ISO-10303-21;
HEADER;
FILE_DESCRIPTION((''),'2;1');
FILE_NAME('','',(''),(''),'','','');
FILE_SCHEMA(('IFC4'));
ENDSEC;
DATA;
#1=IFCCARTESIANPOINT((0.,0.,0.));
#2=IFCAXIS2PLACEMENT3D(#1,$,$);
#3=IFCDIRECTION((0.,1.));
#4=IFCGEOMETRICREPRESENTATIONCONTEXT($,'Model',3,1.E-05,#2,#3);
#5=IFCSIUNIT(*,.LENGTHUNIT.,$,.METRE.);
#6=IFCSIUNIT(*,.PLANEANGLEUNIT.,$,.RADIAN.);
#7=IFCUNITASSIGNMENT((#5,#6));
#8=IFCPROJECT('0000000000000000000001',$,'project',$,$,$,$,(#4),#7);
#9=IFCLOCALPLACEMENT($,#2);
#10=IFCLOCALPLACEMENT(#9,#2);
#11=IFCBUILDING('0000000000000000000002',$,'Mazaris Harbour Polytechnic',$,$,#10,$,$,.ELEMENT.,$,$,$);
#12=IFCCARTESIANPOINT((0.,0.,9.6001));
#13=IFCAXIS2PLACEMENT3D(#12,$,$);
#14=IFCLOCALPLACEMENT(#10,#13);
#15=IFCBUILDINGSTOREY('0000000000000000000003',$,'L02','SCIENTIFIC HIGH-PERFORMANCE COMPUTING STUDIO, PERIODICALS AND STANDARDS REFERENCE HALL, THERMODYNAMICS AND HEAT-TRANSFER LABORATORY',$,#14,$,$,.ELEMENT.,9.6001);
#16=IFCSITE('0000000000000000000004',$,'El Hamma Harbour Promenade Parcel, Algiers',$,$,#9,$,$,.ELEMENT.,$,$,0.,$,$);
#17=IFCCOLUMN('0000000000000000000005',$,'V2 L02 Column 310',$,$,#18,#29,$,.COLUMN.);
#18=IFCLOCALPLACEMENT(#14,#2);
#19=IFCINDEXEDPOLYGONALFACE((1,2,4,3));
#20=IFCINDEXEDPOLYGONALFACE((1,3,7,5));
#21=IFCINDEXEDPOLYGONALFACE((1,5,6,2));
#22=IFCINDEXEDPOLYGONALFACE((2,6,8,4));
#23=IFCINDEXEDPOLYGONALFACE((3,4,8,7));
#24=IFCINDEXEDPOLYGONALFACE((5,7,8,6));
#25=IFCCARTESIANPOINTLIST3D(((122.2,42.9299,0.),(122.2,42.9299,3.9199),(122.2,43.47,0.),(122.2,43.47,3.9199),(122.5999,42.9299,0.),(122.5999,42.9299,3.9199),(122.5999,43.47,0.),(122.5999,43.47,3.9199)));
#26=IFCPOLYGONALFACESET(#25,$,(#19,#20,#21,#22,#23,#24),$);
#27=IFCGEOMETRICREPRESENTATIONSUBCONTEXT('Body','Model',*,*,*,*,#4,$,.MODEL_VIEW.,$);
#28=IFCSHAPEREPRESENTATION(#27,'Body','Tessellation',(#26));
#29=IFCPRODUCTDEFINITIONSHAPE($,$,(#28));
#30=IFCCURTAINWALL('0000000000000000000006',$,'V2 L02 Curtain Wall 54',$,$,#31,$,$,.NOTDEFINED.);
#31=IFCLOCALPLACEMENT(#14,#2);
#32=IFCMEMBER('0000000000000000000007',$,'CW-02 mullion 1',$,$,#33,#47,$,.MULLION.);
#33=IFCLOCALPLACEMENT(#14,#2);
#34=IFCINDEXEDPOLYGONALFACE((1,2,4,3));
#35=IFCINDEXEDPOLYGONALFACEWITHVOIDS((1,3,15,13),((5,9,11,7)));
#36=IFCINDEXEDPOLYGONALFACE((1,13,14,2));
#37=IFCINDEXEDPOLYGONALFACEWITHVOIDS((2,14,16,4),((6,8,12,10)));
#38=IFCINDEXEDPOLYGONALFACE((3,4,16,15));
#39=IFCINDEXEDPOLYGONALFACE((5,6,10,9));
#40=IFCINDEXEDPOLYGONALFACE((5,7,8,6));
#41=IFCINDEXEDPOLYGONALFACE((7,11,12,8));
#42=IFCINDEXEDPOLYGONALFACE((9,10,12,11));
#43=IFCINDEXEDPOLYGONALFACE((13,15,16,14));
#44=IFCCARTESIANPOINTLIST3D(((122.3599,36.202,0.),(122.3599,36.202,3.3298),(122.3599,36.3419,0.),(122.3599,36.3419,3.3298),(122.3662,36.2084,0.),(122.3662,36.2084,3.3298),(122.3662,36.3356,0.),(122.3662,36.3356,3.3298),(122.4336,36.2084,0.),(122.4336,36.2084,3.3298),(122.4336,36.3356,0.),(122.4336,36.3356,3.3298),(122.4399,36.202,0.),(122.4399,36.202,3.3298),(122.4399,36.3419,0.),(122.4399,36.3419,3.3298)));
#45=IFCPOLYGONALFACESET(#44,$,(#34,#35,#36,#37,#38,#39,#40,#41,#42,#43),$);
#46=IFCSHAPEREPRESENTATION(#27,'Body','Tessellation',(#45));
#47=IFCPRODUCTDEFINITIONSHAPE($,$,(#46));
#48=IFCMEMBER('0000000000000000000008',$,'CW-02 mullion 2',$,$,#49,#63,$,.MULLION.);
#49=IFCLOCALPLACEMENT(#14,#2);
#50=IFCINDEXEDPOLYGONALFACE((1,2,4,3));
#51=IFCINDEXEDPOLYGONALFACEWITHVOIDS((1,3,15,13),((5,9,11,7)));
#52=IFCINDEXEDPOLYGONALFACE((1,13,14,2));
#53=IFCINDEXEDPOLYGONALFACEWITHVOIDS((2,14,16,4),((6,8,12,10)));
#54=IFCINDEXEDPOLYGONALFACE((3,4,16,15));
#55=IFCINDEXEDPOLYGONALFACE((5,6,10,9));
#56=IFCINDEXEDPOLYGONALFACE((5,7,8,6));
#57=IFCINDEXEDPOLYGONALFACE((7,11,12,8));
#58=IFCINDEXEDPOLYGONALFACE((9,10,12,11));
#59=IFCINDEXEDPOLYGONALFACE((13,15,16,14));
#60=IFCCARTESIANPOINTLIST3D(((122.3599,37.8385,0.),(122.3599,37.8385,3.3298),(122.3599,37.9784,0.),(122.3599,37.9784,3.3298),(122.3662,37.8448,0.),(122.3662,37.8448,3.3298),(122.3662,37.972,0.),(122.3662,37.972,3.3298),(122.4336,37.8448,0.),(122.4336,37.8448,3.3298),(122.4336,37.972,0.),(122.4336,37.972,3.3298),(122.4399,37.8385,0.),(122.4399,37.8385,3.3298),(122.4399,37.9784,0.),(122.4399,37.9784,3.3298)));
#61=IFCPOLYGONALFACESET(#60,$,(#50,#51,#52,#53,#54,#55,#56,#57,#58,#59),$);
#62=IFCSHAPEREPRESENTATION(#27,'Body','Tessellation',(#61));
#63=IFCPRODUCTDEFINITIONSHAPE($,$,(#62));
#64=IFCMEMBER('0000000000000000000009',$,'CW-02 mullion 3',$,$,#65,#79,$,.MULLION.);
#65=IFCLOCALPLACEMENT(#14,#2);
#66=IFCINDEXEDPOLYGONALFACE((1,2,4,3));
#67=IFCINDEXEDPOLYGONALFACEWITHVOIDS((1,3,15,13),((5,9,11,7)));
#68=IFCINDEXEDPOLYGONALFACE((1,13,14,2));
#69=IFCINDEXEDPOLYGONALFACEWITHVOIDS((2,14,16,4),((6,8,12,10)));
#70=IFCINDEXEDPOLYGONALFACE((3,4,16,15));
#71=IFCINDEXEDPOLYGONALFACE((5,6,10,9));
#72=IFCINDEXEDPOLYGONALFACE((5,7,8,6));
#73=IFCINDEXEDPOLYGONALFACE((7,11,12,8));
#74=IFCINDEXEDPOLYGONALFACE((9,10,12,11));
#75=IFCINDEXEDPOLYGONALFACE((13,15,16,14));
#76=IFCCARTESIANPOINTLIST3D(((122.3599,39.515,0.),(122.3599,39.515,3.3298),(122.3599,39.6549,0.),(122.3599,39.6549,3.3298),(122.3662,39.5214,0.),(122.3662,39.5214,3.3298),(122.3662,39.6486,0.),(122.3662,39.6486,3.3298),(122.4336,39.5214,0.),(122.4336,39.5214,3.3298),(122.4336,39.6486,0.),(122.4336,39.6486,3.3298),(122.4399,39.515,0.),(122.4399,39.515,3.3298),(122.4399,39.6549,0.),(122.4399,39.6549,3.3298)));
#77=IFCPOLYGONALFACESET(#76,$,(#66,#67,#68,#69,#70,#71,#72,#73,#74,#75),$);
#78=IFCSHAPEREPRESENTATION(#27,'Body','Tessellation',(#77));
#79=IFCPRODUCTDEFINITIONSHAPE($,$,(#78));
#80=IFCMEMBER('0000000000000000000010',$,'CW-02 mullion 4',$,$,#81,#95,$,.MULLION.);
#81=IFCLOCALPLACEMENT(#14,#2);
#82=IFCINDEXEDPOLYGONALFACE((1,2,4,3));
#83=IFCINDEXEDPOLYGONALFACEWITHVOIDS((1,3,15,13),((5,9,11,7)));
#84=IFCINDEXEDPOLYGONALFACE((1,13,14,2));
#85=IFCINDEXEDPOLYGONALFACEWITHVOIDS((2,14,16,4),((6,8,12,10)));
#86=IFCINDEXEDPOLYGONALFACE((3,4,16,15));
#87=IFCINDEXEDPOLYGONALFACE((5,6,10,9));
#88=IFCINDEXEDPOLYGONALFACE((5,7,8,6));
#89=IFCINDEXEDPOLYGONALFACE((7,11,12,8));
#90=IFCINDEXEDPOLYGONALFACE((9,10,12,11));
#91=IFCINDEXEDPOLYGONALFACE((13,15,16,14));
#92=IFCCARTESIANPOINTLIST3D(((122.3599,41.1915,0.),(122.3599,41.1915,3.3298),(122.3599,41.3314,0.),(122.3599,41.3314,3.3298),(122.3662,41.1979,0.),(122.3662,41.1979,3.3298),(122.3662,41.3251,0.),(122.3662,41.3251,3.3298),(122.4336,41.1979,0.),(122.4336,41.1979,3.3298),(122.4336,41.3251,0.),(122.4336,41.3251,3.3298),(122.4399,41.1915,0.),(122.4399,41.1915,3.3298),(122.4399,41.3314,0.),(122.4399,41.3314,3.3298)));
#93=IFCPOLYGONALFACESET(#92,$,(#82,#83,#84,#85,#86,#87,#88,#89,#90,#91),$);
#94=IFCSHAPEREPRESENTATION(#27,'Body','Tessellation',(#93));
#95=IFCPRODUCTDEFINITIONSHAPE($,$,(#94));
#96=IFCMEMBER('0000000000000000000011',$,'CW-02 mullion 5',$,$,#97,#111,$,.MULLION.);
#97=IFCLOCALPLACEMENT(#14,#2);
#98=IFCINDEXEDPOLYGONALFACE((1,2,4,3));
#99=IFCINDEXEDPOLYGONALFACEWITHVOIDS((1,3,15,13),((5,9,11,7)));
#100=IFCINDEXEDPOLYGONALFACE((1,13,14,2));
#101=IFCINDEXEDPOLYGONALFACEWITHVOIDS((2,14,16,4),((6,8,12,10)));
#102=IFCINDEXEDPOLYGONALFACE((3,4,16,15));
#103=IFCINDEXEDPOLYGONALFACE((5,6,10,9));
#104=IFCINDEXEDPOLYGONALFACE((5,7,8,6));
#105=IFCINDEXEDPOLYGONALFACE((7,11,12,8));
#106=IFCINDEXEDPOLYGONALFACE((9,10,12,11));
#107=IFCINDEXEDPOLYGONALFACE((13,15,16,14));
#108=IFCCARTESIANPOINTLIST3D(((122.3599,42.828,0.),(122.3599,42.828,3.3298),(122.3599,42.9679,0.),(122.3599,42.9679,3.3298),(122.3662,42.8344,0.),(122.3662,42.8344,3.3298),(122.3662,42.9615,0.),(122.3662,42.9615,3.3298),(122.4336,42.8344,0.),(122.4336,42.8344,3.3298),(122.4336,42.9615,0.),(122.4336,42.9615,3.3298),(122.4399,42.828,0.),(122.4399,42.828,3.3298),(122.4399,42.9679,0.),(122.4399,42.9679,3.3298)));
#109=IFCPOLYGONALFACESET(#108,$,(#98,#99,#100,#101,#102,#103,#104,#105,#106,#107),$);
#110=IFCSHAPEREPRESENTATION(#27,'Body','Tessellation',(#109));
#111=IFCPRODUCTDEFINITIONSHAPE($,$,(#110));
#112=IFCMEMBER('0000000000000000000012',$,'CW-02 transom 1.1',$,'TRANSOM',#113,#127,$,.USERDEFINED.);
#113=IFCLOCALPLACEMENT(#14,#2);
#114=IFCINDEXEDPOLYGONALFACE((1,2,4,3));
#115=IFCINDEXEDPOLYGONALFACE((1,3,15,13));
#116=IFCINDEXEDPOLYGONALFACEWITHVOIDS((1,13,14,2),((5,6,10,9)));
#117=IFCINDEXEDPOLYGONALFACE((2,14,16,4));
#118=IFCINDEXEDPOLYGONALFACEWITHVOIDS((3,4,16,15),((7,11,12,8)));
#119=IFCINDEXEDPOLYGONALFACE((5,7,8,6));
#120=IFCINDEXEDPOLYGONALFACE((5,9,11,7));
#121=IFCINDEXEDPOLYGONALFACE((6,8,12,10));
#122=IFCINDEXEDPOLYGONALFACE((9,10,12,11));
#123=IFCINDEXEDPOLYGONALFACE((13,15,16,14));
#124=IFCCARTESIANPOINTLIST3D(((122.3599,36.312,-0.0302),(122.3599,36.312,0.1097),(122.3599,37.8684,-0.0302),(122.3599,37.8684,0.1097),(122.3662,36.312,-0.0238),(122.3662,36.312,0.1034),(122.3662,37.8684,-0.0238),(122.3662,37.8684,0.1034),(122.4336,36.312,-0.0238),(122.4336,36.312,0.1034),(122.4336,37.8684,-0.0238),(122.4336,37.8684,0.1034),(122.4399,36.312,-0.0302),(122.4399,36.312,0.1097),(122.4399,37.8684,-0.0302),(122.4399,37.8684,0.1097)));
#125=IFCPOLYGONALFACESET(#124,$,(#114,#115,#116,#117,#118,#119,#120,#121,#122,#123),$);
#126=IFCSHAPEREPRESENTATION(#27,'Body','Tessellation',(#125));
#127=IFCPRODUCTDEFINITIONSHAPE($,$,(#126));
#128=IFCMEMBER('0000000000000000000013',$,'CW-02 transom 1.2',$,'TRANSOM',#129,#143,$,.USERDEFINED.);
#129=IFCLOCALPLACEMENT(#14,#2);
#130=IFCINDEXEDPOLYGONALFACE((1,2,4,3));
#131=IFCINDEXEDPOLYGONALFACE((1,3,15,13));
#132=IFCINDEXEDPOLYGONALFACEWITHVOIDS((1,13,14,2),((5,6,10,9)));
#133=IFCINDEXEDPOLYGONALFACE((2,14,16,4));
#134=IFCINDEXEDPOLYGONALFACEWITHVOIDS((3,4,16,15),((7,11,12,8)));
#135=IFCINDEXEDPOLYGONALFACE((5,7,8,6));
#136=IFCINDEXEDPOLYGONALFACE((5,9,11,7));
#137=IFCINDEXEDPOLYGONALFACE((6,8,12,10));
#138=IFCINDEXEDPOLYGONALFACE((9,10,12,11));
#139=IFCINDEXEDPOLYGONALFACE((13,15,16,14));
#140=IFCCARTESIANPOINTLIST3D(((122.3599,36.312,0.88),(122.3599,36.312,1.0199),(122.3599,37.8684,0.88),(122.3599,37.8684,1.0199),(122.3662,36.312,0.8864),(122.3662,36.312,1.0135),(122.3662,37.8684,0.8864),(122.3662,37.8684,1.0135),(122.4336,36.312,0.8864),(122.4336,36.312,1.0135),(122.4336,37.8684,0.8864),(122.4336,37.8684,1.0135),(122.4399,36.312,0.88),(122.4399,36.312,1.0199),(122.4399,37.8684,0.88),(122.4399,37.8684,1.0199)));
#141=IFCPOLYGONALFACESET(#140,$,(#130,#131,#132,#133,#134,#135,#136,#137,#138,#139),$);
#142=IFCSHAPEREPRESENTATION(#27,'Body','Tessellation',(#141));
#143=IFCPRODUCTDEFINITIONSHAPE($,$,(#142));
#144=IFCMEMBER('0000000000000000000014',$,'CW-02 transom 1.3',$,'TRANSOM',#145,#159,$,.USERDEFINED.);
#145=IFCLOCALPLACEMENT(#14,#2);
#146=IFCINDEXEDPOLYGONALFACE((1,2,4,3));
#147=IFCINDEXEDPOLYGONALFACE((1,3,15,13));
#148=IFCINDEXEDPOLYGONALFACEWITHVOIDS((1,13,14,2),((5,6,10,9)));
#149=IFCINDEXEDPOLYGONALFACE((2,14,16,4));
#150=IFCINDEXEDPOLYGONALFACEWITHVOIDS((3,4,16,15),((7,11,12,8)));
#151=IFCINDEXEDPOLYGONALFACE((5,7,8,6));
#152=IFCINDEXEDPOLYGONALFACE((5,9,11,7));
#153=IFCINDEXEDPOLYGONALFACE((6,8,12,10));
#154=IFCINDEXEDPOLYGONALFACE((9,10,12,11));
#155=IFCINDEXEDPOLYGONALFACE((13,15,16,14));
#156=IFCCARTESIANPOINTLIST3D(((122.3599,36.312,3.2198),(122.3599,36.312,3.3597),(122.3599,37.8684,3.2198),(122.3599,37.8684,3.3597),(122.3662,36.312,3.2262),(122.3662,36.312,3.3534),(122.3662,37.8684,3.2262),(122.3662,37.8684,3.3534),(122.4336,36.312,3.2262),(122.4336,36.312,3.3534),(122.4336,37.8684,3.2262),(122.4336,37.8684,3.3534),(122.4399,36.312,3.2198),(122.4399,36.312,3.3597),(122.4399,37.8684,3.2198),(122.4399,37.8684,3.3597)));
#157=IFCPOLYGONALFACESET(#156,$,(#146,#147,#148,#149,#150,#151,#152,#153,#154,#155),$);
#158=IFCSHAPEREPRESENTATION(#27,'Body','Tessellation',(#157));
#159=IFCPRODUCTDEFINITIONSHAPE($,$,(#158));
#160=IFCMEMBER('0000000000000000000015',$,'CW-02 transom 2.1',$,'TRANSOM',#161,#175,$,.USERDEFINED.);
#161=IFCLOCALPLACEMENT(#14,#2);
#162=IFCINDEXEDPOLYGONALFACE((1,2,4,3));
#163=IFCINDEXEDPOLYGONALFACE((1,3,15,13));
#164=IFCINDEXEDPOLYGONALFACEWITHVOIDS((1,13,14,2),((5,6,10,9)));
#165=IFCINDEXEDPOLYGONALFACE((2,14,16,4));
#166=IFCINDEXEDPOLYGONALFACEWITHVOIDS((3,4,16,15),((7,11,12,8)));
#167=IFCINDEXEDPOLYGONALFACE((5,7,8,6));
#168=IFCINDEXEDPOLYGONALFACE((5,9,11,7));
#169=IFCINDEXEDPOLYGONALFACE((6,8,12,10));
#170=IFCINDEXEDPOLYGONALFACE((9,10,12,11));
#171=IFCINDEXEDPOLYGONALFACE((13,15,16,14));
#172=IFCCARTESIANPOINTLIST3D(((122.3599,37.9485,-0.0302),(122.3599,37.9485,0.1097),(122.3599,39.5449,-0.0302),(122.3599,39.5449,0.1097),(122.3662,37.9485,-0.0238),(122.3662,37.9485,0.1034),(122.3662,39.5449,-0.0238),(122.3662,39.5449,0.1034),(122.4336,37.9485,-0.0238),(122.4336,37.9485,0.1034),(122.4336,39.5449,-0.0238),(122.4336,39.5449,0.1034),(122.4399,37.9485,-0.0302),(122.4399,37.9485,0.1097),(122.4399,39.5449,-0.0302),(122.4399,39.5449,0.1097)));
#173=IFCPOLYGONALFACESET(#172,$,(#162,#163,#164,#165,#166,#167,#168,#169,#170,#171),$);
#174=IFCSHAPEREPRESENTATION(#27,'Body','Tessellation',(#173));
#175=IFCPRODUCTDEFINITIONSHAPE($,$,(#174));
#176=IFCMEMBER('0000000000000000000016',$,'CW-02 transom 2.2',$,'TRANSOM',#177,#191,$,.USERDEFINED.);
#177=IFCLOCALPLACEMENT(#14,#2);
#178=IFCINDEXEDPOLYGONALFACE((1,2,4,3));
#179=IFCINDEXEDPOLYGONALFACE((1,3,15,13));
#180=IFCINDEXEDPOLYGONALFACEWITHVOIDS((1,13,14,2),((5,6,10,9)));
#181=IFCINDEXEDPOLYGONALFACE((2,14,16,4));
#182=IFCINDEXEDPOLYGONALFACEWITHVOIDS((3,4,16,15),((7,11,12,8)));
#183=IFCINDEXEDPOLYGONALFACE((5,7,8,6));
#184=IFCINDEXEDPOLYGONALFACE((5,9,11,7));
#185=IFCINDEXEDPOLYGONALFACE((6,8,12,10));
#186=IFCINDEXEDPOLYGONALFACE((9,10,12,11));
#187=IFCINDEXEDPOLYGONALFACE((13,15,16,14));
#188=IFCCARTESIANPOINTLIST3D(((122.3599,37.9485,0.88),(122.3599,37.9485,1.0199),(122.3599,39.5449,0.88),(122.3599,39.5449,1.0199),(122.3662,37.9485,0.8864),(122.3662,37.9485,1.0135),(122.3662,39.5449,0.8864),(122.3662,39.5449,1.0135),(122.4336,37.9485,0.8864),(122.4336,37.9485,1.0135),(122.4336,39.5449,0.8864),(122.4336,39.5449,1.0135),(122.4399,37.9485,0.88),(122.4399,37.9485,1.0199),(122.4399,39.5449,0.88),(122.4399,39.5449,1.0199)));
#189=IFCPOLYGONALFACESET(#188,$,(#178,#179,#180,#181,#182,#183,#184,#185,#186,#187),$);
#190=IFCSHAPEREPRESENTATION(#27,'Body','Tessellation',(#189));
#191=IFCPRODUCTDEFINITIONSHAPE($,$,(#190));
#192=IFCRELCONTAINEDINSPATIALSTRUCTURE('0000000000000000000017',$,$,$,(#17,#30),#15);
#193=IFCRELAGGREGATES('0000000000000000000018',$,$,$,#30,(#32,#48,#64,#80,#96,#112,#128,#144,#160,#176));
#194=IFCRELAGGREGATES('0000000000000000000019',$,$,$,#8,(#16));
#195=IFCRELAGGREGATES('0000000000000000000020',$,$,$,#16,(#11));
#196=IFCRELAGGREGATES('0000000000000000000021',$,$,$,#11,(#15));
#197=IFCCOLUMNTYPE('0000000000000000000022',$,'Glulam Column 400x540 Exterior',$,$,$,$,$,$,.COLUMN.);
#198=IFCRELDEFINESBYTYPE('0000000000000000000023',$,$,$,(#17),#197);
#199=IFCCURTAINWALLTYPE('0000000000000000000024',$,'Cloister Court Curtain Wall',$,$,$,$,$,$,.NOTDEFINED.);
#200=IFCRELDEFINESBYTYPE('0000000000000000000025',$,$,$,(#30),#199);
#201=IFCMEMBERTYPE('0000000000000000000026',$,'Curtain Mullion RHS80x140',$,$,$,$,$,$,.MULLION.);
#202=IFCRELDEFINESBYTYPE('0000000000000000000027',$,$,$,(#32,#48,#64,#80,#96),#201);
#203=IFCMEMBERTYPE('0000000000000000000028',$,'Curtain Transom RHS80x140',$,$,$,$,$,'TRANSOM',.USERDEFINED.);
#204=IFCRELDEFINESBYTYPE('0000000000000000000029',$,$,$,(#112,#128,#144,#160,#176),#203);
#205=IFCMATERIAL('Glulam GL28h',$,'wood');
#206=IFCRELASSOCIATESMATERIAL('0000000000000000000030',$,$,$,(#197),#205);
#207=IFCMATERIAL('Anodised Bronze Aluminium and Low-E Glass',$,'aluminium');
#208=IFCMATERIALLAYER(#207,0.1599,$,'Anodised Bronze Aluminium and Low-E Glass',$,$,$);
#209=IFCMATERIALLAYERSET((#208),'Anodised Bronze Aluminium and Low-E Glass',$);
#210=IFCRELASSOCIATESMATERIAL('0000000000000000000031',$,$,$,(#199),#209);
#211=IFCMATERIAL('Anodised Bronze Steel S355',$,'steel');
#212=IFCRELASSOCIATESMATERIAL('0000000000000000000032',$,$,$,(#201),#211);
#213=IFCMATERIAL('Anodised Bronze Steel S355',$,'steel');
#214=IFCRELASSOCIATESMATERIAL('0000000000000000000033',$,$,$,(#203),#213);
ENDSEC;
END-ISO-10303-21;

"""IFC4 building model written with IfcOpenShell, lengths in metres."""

from ifc_helpers import new_model, si_unit, direction, frame, origin, origin_2d, place, context, subcontext, project, spatial, rectangle, hollow_rectangle, extrude, material, layer, layer_set, material_profile, profile_set, type_object, element, aggregate, save


model = new_model("IFC4")

# Units and contexts
model_context = context("Model", 3, precision=1e-05, world=origin(), true_north=direction((0.0, 1.0)))
body_context = subcontext(model_context, "Body", "Model", "MODEL_VIEW")
ifc_project = project(units=[si_unit("LENGTHUNIT", "METRE"), si_unit("PLANEANGLEUNIT", "RADIAN")], contexts=[model_context])

# Site, building, storey
site_placement = place(None, origin())
site = spatial("IfcSite", under=ifc_project, at=site_placement, Name="El Hamma Harbour Promenade Parcel, Algiers", CompositionType="ELEMENT", RefElevation=0.0)
building_placement = place(site_placement, origin())
building = spatial("IfcBuilding", under=site, at=building_placement, Name="Mazaris Harbour Polytechnic", CompositionType="ELEMENT")
storey_placement = place(building_placement, frame((0.0, 0.0, 9.6001)))
storey = spatial("IfcBuildingStorey", under=building, at=storey_placement, Name="L02", Description="SCIENTIFIC HIGH-PERFORMANCE COMPUTING STUDIO, PERIODICALS AND STANDARDS REFERENCE HALL, THERMODYNAMICS AND HEAT-TRANSFER LABORATORY", CompositionType="ELEMENT", Elevation=9.6001)

# Column
ifc_material_1 = material(Name="Glulam GL28h", Category="wood")
ifc_material_profile_1 = material_profile(ifc_material_1, rectangle(XDim=0.3999, YDim=0.54, at=origin_2d()), Name="RECT400x540")
ifc_profile_set_1 = profile_set([ifc_material_profile_1], Name="Glulam GL28h")
column_type = type_object("IfcColumnType", Name="Glulam Column 400x540 Exterior", PredefinedType="COLUMN", material=ifc_profile_set_1)
column_placement = place(storey_placement, frame((122.3999, 43.2, 0.0), z_axis=(0.0, 0.0, 1.0), x_axis=(1.0, 0.0, 0.0)))
element("IfcColumn", 1, at=column_placement, inside=storey, type_object=column_type, Name="V2 L02 Column 310", PredefinedType="COLUMN", context=body_context, shape_type="SweptSolid", body=[
    extrude(rectangle(XDim=0.3999, YDim=0.54, at=origin_2d()), origin(), (0.0, 0.0, 1.0), 3.9199),
])

# Curtain wall, members
ifc_material_2 = material(Name="Anodised Bronze Aluminium and Low-E Glass", Category="aluminium")
ifc_layer_1 = layer(ifc_material_2, 0.1599, Name="Anodised Bronze Aluminium and Low-E Glass")
ifc_layer_set_1 = layer_set([ifc_layer_1], Name="Anodised Bronze Aluminium and Low-E Glass")
curtain_wall_type = type_object("IfcCurtainWallType", Name="Cloister Court Curtain Wall", PredefinedType="NOTDEFINED", material=ifc_layer_set_1)
curtain_wall_placement = place(storey_placement, origin())
curtain_wall = element("IfcCurtainWall", 2, at=curtain_wall_placement, inside=storey, type_object=curtain_wall_type, Name="V2 L02 Curtain Wall 54", PredefinedType="NOTDEFINED")
ifc_material_3 = material(Name="Anodised Bronze Steel S355", Category="steel")
ifc_material_profile_2 = material_profile(ifc_material_3, hollow_rectangle(XDim=0.0801, YDim=0.1399, WallThickness=0.0063, at=origin_2d()), Name="RHS 80x140x6.3")
ifc_profile_set_2 = profile_set([ifc_material_profile_2], Name="Anodised Bronze Steel S355")
member_type_1 = type_object("IfcMemberType", Name="Curtain Mullion RHS80x140", PredefinedType="MULLION", material=ifc_profile_set_2)
member_1_placement = place(storey_placement, frame((122.3999, 36.272, 0.0), z_axis=(0.0, 0.0, 1.0), x_axis=(-1.0, 0.0, 0.0)))
member_1 = element("IfcMember", 3, at=member_1_placement, type_object=member_type_1, Name="CW-02 mullion 1", PredefinedType="MULLION", context=body_context, shape_type="SweptSolid", body=[
    extrude(hollow_rectangle(XDim=0.0801, YDim=0.1399, WallThickness=0.0063, at=origin_2d()), origin(), (0.0, 0.0, 1.0), 3.3298),
])
member_2_placement = place(storey_placement, frame((122.3999, 37.9084, 0.0), z_axis=(0.0, 0.0, 1.0), x_axis=(-1.0, 0.0, 0.0)))
member_2 = element("IfcMember", 4, at=member_2_placement, type_object=member_type_1, Name="CW-02 mullion 2", PredefinedType="MULLION", context=body_context, shape_type="SweptSolid", body=[
    extrude(hollow_rectangle(XDim=0.0801, YDim=0.1399, WallThickness=0.0063, at=origin_2d()), origin(), (0.0, 0.0, 1.0), 3.3298),
])
member_3_placement = place(storey_placement, frame((122.3999, 39.585, 0.0), z_axis=(0.0, 0.0, 1.0), x_axis=(-1.0, 0.0, 0.0)))
member_3 = element("IfcMember", 5, at=member_3_placement, type_object=member_type_1, Name="CW-02 mullion 3", PredefinedType="MULLION", context=body_context, shape_type="SweptSolid", body=[
    extrude(hollow_rectangle(XDim=0.0801, YDim=0.1399, WallThickness=0.0063, at=origin_2d()), origin(), (0.0, 0.0, 1.0), 3.3298),
])
member_4_placement = place(storey_placement, frame((122.3999, 41.2615, 0.0), z_axis=(0.0, 0.0, 1.0), x_axis=(-1.0, 0.0, 0.0)))
member_4 = element("IfcMember", 6, at=member_4_placement, type_object=member_type_1, Name="CW-02 mullion 4", PredefinedType="MULLION", context=body_context, shape_type="SweptSolid", body=[
    extrude(hollow_rectangle(XDim=0.0801, YDim=0.1399, WallThickness=0.0063, at=origin_2d()), origin(), (0.0, 0.0, 1.0), 3.3298),
])
member_5_placement = place(storey_placement, frame((122.3999, 42.8979, 0.0), z_axis=(0.0, 0.0, 1.0), x_axis=(-1.0, 0.0, 0.0)))
member_5 = element("IfcMember", 7, at=member_5_placement, type_object=member_type_1, Name="CW-02 mullion 5", PredefinedType="MULLION", context=body_context, shape_type="SweptSolid", body=[
    extrude(hollow_rectangle(XDim=0.0801, YDim=0.1399, WallThickness=0.0063, at=origin_2d()), origin(), (0.0, 0.0, 1.0), 3.3298),
])
ifc_material_4 = material(Name="Anodised Bronze Steel S355", Category="steel")
ifc_material_profile_3 = material_profile(ifc_material_4, hollow_rectangle(XDim=0.0801, YDim=0.1399, WallThickness=0.0063, at=origin_2d()), Name="RHS 80x140x6.3")
ifc_profile_set_3 = profile_set([ifc_material_profile_3], Name="Anodised Bronze Steel S355")
member_type_2 = type_object("IfcMemberType", Name="Curtain Transom RHS80x140", ElementType="TRANSOM", PredefinedType="USERDEFINED", material=ifc_profile_set_3)
member_6_placement = place(storey_placement, frame((122.3999, 36.312, 0.0398), z_axis=(0.0, 1.0, 0.0), x_axis=(-1.0, 0.0, 0.0)))
member_6 = element("IfcMember", 8, at=member_6_placement, type_object=member_type_2, Name="CW-02 transom 1.1", ObjectType="TRANSOM", PredefinedType="USERDEFINED", context=body_context, shape_type="SweptSolid", body=[
    extrude(hollow_rectangle(XDim=0.0801, YDim=0.1399, WallThickness=0.0063, at=origin_2d()), origin(), (0.0, 0.0, 1.0), 1.5564),
])
member_7_placement = place(storey_placement, frame((122.3999, 36.312, 0.95), z_axis=(0.0, 1.0, 0.0), x_axis=(-1.0, 0.0, 0.0)))
member_7 = element("IfcMember", 9, at=member_7_placement, type_object=member_type_2, Name="CW-02 transom 1.2", ObjectType="TRANSOM", PredefinedType="USERDEFINED", context=body_context, shape_type="SweptSolid", body=[
    extrude(hollow_rectangle(XDim=0.0801, YDim=0.1399, WallThickness=0.0063, at=origin_2d()), origin(), (0.0, 0.0, 1.0), 1.5564),
])
member_8_placement = place(storey_placement, frame((122.3999, 36.312, 3.2898), z_axis=(0.0, 1.0, 0.0), x_axis=(-1.0, 0.0, 0.0)))
member_8 = element("IfcMember", 10, at=member_8_placement, type_object=member_type_2, Name="CW-02 transom 1.3", ObjectType="TRANSOM", PredefinedType="USERDEFINED", context=body_context, shape_type="SweptSolid", body=[
    extrude(hollow_rectangle(XDim=0.0801, YDim=0.1399, WallThickness=0.0063, at=origin_2d()), origin(), (0.0, 0.0, 1.0), 1.5564),
])
member_9_placement = place(storey_placement, frame((122.3999, 37.9485, 0.0398), z_axis=(0.0, 1.0, 0.0), x_axis=(-1.0, 0.0, 0.0)))
member_9 = element("IfcMember", 11, at=member_9_placement, type_object=member_type_2, Name="CW-02 transom 2.1", ObjectType="TRANSOM", PredefinedType="USERDEFINED", context=body_context, shape_type="SweptSolid", body=[
    extrude(hollow_rectangle(XDim=0.0801, YDim=0.1399, WallThickness=0.0063, at=origin_2d()), origin(), (0.0, 0.0, 1.0), 1.5964),
])
member_10_placement = place(storey_placement, frame((122.3999, 37.9485, 0.95), z_axis=(0.0, 1.0, 0.0), x_axis=(-1.0, 0.0, 0.0)))
member_10 = element("IfcMember", 12, at=member_10_placement, type_object=member_type_2, Name="CW-02 transom 2.2", ObjectType="TRANSOM", PredefinedType="USERDEFINED", context=body_context, shape_type="SweptSolid", body=[
    extrude(hollow_rectangle(XDim=0.0801, YDim=0.1399, WallThickness=0.0063, at=origin_2d()), origin(), (0.0, 0.0, 1.0), 1.5964),
])

aggregate(curtain_wall, [member_1, member_2, member_3, member_4, member_5, member_6, member_7, member_8, member_9, member_10])

save(model, "model.ifc")
